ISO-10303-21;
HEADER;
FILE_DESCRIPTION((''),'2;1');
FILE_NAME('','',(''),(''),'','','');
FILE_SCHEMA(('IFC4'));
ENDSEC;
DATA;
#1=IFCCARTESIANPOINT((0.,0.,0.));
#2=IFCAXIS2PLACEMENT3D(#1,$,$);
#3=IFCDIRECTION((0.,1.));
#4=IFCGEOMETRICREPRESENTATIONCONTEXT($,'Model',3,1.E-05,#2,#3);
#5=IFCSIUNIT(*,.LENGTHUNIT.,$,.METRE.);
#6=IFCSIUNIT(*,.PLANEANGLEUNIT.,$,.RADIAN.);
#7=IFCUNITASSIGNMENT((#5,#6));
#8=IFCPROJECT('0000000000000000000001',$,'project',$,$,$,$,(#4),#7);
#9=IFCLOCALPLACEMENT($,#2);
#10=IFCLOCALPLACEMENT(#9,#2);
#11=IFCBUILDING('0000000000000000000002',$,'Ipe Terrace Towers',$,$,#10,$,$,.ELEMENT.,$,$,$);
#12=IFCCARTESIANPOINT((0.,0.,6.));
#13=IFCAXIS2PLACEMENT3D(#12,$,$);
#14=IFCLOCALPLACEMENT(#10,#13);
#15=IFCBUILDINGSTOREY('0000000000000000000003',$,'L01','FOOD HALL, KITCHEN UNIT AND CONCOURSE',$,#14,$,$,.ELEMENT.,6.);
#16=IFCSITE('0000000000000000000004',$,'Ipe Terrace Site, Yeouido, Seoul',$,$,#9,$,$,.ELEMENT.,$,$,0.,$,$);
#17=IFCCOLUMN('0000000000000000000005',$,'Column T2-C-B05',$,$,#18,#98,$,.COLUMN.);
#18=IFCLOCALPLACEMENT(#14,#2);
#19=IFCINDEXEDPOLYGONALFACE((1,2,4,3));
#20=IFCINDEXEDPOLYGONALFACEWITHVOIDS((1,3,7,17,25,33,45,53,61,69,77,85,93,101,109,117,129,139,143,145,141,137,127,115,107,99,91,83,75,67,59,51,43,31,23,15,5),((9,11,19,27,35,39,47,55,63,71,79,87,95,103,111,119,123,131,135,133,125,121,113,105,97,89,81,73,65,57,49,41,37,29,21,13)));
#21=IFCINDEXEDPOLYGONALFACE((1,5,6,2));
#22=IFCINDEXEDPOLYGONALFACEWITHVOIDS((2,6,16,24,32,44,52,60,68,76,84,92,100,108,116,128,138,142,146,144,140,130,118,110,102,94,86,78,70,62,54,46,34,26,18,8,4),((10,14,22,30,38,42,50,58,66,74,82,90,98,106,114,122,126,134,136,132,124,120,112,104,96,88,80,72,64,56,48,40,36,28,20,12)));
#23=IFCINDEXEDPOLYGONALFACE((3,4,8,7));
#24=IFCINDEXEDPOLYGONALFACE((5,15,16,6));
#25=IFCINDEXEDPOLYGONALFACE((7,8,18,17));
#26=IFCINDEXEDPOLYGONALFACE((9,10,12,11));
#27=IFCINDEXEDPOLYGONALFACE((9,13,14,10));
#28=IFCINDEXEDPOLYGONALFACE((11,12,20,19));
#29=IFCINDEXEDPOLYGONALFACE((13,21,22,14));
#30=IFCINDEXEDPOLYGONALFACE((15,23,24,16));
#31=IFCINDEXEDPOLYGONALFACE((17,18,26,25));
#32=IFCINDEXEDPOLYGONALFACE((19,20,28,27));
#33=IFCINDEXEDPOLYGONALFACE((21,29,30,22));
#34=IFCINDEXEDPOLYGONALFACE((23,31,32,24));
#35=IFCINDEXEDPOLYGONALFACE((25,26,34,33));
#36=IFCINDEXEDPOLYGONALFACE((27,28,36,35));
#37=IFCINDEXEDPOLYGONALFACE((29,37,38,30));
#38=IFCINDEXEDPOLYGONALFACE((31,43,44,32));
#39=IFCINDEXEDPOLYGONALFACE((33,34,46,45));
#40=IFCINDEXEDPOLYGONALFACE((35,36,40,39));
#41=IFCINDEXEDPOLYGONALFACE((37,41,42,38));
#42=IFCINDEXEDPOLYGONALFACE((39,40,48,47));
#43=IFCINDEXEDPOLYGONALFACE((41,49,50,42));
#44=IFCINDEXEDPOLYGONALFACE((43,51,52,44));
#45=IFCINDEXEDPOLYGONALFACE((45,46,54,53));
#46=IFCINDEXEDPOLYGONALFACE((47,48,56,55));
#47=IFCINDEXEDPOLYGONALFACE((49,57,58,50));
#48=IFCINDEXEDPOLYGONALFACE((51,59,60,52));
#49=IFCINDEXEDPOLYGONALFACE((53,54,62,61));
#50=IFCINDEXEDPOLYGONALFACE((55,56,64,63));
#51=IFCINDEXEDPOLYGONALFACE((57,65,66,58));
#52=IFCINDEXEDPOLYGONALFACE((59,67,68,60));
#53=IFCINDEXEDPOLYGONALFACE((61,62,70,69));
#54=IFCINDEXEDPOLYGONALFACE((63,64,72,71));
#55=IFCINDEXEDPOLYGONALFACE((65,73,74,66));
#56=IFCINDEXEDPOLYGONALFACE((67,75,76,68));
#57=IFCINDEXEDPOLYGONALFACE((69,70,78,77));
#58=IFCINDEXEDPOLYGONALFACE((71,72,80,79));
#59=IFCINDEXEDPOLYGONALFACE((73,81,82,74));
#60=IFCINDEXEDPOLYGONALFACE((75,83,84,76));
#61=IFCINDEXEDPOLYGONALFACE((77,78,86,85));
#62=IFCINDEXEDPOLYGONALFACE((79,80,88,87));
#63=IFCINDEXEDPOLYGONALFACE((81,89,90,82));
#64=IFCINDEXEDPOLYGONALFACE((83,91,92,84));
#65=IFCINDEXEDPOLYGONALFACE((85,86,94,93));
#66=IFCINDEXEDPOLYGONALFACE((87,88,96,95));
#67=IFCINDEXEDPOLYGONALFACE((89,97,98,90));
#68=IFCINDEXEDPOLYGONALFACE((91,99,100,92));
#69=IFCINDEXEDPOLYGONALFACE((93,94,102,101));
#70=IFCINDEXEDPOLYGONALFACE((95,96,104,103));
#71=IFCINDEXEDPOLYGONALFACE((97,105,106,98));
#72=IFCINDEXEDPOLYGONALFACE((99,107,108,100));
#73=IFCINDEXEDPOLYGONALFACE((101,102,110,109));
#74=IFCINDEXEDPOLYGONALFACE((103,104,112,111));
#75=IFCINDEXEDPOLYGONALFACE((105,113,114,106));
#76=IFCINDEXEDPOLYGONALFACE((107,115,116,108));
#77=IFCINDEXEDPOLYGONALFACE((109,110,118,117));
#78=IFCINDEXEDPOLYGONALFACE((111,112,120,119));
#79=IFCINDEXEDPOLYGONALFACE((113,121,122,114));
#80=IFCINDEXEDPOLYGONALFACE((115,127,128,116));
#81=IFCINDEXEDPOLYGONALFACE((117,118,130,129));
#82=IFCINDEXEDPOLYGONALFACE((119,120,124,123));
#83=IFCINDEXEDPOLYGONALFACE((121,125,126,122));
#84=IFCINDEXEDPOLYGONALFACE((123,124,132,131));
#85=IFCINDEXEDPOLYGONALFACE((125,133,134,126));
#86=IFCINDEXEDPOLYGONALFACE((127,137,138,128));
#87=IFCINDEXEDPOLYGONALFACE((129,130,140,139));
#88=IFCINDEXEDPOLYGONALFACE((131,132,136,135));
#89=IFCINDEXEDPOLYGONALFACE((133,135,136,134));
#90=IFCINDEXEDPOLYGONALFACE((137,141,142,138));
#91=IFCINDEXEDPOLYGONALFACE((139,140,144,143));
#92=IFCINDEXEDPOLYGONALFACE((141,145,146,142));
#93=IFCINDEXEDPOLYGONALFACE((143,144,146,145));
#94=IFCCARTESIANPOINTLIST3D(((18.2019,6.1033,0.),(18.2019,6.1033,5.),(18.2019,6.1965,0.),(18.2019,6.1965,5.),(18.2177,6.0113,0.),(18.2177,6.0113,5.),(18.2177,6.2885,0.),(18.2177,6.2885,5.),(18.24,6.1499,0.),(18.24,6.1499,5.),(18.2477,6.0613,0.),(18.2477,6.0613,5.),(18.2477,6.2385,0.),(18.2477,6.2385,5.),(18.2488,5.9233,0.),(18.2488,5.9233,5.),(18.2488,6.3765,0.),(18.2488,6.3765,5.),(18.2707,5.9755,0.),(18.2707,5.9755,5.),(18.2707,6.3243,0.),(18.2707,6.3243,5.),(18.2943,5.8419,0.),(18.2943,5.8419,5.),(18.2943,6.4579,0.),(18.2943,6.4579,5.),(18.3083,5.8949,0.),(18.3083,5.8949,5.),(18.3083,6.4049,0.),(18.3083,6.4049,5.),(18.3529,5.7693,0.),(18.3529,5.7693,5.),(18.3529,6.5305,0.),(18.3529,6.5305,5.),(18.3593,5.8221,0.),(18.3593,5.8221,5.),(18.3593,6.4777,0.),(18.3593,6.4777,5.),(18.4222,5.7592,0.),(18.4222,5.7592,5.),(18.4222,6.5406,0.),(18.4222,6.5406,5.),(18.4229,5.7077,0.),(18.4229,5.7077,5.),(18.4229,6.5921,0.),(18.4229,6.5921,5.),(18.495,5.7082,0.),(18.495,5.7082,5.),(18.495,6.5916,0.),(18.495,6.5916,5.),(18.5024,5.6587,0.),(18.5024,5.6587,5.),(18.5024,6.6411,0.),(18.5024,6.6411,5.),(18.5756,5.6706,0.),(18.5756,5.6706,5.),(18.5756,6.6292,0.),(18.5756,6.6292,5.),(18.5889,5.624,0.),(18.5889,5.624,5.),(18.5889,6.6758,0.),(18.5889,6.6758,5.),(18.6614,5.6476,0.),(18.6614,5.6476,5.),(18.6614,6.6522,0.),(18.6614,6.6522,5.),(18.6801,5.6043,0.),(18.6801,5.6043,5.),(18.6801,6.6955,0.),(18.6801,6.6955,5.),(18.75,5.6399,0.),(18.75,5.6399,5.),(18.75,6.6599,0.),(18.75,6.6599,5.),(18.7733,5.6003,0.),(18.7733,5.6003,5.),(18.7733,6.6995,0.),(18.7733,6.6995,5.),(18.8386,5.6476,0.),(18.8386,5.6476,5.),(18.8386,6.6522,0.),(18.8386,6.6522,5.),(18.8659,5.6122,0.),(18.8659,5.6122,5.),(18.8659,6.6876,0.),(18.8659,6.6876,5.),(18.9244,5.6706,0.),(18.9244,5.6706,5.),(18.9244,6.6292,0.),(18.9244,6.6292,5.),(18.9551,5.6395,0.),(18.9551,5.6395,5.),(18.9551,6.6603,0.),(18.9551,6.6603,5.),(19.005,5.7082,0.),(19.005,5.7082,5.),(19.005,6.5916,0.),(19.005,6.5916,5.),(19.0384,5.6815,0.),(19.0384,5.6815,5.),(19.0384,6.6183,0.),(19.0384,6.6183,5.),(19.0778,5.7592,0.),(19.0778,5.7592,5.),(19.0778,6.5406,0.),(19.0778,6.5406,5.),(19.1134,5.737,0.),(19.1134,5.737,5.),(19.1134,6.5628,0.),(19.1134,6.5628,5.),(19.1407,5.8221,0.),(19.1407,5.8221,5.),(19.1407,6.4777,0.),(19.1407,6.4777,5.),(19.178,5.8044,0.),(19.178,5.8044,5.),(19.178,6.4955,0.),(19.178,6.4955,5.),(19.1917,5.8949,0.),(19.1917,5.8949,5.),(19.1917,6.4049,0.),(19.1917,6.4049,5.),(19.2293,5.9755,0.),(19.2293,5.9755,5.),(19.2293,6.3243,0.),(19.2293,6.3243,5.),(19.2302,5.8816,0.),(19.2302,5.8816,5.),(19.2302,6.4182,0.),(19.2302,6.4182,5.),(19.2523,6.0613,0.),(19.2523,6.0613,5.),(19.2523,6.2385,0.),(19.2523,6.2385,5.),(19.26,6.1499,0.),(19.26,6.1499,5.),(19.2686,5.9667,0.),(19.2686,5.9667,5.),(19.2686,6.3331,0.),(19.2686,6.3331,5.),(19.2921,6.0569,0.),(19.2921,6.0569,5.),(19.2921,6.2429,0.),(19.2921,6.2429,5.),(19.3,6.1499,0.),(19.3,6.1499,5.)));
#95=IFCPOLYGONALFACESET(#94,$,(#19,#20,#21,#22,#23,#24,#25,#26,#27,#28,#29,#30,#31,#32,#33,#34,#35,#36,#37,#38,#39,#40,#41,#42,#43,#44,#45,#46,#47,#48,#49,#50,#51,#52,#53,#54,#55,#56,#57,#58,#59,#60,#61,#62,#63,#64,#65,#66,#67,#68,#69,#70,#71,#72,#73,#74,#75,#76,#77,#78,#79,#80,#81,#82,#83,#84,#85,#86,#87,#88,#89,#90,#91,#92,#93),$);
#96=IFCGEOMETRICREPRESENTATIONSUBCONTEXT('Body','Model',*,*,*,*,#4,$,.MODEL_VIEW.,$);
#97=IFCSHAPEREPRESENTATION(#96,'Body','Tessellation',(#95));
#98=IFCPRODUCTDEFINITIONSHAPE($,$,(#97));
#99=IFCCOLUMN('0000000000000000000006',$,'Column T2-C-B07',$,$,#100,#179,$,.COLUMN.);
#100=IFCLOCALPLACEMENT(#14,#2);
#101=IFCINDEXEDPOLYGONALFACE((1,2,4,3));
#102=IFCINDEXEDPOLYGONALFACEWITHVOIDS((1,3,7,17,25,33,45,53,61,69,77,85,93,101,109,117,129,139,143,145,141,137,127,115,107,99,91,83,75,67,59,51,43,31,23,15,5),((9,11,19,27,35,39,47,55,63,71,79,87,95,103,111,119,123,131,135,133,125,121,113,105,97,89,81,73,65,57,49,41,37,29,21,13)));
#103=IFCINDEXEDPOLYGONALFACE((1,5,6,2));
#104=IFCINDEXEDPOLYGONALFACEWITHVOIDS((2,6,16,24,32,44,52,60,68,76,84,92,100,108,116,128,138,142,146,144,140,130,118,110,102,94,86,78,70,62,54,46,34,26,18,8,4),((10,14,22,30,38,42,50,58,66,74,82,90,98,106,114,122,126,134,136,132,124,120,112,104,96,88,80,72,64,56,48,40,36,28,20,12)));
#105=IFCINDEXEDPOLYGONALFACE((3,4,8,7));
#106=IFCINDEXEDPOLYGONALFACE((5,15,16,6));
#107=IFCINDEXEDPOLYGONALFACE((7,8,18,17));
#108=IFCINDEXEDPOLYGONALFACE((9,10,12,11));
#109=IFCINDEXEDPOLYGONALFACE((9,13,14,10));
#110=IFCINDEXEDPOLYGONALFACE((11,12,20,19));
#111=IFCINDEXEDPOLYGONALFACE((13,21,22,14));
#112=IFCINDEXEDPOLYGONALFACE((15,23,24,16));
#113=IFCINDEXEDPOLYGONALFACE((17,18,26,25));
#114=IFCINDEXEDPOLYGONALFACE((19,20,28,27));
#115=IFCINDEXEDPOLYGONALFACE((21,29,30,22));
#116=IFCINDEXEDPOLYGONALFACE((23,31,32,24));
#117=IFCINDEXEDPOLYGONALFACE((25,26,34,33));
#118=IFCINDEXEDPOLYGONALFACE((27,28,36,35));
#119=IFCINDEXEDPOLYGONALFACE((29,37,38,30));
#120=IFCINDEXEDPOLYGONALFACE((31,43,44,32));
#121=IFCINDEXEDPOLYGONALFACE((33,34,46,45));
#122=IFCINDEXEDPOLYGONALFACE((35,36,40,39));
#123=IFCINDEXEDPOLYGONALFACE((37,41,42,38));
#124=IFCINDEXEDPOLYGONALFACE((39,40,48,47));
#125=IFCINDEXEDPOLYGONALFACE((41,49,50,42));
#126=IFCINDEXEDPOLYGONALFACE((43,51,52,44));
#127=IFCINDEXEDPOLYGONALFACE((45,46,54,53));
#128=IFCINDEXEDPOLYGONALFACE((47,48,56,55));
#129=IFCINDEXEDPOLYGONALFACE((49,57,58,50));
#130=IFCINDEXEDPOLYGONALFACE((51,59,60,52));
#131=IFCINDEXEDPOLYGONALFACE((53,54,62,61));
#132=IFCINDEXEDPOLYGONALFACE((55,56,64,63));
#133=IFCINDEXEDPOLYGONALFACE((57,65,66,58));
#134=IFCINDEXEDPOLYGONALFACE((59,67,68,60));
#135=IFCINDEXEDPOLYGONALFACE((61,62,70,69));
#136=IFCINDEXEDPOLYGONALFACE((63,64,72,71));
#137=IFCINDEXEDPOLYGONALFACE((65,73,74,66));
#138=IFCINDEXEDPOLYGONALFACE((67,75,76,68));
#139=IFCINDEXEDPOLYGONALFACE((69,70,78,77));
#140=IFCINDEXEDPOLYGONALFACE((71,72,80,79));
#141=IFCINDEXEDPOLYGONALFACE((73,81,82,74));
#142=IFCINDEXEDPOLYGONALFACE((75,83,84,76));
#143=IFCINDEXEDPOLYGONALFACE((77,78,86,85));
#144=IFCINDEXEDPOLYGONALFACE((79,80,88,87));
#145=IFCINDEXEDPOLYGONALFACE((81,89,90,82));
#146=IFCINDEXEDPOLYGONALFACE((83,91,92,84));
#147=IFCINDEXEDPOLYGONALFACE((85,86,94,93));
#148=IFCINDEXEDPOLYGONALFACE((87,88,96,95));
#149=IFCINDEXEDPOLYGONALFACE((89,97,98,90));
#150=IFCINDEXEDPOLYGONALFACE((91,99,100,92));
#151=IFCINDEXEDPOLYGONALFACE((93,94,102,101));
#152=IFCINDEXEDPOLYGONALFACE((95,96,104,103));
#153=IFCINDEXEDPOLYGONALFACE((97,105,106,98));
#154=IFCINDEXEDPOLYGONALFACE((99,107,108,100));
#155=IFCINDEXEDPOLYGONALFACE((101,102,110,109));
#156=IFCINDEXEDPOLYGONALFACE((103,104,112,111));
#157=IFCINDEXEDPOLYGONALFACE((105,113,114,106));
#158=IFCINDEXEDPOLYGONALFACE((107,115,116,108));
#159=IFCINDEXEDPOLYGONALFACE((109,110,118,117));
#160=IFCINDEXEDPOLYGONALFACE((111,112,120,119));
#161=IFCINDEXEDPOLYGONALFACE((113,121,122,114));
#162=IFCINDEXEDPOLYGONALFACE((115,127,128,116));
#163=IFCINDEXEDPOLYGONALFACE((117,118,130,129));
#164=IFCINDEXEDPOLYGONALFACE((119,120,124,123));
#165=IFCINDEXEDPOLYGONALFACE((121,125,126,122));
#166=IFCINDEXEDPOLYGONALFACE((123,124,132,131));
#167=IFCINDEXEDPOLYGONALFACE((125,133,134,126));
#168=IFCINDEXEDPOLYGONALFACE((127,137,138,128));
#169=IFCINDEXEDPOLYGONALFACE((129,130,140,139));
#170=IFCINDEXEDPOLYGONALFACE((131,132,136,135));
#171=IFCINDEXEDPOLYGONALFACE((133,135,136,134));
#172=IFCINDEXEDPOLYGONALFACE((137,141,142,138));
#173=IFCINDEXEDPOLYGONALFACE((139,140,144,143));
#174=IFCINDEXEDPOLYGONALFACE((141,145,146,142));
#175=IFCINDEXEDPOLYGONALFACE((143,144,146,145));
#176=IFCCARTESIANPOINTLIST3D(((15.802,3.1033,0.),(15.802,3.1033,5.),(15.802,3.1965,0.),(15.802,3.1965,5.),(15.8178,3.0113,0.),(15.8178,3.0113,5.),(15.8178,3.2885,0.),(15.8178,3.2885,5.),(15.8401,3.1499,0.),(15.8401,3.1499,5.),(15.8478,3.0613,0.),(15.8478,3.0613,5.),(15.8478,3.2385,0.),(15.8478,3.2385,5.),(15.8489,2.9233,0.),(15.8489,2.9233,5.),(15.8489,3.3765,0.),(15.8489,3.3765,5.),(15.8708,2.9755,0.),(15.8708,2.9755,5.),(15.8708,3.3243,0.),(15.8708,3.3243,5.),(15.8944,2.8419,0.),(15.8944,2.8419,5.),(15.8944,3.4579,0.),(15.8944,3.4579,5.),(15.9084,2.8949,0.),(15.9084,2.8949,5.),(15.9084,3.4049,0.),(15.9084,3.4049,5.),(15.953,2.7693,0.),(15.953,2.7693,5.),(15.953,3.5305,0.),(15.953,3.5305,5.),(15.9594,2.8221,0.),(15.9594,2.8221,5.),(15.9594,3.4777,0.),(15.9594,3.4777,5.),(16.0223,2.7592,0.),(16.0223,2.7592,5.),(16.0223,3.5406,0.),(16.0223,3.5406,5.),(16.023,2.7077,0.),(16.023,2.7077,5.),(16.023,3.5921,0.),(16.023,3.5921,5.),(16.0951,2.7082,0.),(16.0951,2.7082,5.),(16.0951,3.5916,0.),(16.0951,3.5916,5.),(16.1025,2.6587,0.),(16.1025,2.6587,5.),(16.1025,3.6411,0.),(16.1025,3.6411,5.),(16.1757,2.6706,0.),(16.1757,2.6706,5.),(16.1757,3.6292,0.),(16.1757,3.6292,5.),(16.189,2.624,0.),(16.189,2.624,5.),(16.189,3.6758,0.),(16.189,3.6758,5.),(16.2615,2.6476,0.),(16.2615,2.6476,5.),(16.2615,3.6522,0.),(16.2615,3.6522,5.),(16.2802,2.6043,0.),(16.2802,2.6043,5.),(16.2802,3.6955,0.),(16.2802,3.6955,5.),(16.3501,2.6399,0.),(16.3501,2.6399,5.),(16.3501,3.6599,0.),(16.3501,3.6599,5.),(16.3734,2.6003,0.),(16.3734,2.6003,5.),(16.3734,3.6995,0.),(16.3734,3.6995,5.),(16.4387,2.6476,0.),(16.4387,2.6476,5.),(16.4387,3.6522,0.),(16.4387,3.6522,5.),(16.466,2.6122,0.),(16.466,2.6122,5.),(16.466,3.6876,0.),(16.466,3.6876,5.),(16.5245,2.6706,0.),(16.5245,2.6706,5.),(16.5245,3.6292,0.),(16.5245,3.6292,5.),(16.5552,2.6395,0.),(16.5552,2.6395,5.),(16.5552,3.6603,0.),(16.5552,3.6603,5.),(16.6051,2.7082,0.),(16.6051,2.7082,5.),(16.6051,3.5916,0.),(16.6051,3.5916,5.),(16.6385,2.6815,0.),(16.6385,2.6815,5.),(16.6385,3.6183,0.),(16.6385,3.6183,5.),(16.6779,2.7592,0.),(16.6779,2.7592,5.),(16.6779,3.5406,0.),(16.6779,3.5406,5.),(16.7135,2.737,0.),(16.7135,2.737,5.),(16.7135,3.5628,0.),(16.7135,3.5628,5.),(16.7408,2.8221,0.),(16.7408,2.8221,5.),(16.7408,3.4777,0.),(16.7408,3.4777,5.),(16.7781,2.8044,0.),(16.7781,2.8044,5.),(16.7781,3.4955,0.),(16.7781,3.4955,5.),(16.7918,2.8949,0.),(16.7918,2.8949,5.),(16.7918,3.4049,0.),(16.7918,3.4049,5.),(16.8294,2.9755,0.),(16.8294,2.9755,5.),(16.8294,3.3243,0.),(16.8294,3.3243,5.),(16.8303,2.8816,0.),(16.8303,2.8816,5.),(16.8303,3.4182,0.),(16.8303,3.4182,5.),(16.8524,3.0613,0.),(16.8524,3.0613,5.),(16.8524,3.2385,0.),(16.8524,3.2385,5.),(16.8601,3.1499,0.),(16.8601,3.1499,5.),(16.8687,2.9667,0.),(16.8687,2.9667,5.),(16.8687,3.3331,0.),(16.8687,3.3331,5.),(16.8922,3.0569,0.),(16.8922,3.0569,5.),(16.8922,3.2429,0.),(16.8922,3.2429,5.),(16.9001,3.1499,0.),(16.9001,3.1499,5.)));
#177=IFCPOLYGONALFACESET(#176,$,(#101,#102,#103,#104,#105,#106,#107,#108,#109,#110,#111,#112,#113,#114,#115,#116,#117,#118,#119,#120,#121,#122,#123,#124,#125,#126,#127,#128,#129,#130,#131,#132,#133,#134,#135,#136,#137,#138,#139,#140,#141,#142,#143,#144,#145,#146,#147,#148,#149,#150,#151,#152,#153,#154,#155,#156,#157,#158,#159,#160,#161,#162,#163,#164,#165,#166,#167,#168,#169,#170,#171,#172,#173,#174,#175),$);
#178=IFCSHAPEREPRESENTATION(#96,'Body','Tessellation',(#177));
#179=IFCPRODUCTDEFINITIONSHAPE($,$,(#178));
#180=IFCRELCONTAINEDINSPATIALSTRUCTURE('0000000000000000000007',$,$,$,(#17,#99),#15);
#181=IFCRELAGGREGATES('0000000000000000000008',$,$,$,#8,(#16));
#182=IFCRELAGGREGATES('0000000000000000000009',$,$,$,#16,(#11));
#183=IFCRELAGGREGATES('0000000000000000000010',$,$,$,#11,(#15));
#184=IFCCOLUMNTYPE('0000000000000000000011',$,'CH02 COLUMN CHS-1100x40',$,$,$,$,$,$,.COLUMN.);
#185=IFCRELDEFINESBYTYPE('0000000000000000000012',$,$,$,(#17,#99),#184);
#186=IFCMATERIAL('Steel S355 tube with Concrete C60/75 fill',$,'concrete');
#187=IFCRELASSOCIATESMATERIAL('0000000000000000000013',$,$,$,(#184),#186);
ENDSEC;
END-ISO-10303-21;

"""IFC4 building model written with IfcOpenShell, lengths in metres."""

from ifc_helpers import new_model, si_unit, direction, frame, origin, origin_2d, place, context, subcontext, project, spatial, hollow_circle, extrude, material, material_profile, profile_set, type_object, element, save


model = new_model("IFC4")

# Units and contexts
model_context = context("Model", 3, precision=1e-05, world=origin(), true_north=direction((0.0, 1.0)))
body_context = subcontext(model_context, "Body", "Model", "MODEL_VIEW")
ifc_project = project(units=[si_unit("LENGTHUNIT", "METRE"), si_unit("PLANEANGLEUNIT", "RADIAN")], contexts=[model_context])

# Site, building, storey
site_placement = place(None, origin())
site = spatial("IfcSite", under=ifc_project, at=site_placement, Name="Ipe Terrace Site, Yeouido, Seoul", CompositionType="ELEMENT", RefElevation=0.0)
building_placement = place(site_placement, origin())
building = spatial("IfcBuilding", under=site, at=building_placement, Name="Ipe Terrace Towers", CompositionType="ELEMENT")
storey_placement = place(building_placement, frame((0.0, 0.0, 6.0)))
storey = spatial("IfcBuildingStorey", under=building, at=storey_placement, Name="L01", Description="FOOD HALL, KITCHEN UNIT AND CONCOURSE", CompositionType="ELEMENT", Elevation=6.0)

# Columns
ifc_material_1 = material(Name="Steel S355 tube with Concrete C60/75 fill", Category="concrete")
ifc_material_profile_1 = material_profile(ifc_material_1, hollow_circle(Radius=0.55, WallThickness=0.04, at=origin_2d()), Name="CHS-1100x40")
ifc_profile_set_1 = profile_set([ifc_material_profile_1], Name="Steel S355 tube with Concrete C60/75 fill")
column_type_1 = type_object("IfcColumnType", Name="CH02 COLUMN CHS-1100x40", PredefinedType="COLUMN", material=ifc_profile_set_1)
for number, where, z_axis, x_axis, name in (
    (1, (18.75, 6.1499, 0.0), (0.0, 0.0, 1.0), (1.0, 0.0, 0.0), "Column T2-C-B05"),
    (2, (16.3501, 3.1499, 0.0), (0.0, 0.0, 1.0), (1.0, 0.0, 0.0), "Column T2-C-B07"),
):
    element("IfcColumn", number, at=place(storey_placement, frame(where, z_axis=z_axis, x_axis=x_axis)), inside=storey, type_object=column_type_1, Name=name, PredefinedType="COLUMN", context=body_context, shape_type="SweptSolid", body=[
        extrude(hollow_circle(Radius=0.55, WallThickness=0.04, at=origin_2d()), origin(), (0.0, 0.0, 1.0), 5.0),
    ])

save(model, "model.ifc")
